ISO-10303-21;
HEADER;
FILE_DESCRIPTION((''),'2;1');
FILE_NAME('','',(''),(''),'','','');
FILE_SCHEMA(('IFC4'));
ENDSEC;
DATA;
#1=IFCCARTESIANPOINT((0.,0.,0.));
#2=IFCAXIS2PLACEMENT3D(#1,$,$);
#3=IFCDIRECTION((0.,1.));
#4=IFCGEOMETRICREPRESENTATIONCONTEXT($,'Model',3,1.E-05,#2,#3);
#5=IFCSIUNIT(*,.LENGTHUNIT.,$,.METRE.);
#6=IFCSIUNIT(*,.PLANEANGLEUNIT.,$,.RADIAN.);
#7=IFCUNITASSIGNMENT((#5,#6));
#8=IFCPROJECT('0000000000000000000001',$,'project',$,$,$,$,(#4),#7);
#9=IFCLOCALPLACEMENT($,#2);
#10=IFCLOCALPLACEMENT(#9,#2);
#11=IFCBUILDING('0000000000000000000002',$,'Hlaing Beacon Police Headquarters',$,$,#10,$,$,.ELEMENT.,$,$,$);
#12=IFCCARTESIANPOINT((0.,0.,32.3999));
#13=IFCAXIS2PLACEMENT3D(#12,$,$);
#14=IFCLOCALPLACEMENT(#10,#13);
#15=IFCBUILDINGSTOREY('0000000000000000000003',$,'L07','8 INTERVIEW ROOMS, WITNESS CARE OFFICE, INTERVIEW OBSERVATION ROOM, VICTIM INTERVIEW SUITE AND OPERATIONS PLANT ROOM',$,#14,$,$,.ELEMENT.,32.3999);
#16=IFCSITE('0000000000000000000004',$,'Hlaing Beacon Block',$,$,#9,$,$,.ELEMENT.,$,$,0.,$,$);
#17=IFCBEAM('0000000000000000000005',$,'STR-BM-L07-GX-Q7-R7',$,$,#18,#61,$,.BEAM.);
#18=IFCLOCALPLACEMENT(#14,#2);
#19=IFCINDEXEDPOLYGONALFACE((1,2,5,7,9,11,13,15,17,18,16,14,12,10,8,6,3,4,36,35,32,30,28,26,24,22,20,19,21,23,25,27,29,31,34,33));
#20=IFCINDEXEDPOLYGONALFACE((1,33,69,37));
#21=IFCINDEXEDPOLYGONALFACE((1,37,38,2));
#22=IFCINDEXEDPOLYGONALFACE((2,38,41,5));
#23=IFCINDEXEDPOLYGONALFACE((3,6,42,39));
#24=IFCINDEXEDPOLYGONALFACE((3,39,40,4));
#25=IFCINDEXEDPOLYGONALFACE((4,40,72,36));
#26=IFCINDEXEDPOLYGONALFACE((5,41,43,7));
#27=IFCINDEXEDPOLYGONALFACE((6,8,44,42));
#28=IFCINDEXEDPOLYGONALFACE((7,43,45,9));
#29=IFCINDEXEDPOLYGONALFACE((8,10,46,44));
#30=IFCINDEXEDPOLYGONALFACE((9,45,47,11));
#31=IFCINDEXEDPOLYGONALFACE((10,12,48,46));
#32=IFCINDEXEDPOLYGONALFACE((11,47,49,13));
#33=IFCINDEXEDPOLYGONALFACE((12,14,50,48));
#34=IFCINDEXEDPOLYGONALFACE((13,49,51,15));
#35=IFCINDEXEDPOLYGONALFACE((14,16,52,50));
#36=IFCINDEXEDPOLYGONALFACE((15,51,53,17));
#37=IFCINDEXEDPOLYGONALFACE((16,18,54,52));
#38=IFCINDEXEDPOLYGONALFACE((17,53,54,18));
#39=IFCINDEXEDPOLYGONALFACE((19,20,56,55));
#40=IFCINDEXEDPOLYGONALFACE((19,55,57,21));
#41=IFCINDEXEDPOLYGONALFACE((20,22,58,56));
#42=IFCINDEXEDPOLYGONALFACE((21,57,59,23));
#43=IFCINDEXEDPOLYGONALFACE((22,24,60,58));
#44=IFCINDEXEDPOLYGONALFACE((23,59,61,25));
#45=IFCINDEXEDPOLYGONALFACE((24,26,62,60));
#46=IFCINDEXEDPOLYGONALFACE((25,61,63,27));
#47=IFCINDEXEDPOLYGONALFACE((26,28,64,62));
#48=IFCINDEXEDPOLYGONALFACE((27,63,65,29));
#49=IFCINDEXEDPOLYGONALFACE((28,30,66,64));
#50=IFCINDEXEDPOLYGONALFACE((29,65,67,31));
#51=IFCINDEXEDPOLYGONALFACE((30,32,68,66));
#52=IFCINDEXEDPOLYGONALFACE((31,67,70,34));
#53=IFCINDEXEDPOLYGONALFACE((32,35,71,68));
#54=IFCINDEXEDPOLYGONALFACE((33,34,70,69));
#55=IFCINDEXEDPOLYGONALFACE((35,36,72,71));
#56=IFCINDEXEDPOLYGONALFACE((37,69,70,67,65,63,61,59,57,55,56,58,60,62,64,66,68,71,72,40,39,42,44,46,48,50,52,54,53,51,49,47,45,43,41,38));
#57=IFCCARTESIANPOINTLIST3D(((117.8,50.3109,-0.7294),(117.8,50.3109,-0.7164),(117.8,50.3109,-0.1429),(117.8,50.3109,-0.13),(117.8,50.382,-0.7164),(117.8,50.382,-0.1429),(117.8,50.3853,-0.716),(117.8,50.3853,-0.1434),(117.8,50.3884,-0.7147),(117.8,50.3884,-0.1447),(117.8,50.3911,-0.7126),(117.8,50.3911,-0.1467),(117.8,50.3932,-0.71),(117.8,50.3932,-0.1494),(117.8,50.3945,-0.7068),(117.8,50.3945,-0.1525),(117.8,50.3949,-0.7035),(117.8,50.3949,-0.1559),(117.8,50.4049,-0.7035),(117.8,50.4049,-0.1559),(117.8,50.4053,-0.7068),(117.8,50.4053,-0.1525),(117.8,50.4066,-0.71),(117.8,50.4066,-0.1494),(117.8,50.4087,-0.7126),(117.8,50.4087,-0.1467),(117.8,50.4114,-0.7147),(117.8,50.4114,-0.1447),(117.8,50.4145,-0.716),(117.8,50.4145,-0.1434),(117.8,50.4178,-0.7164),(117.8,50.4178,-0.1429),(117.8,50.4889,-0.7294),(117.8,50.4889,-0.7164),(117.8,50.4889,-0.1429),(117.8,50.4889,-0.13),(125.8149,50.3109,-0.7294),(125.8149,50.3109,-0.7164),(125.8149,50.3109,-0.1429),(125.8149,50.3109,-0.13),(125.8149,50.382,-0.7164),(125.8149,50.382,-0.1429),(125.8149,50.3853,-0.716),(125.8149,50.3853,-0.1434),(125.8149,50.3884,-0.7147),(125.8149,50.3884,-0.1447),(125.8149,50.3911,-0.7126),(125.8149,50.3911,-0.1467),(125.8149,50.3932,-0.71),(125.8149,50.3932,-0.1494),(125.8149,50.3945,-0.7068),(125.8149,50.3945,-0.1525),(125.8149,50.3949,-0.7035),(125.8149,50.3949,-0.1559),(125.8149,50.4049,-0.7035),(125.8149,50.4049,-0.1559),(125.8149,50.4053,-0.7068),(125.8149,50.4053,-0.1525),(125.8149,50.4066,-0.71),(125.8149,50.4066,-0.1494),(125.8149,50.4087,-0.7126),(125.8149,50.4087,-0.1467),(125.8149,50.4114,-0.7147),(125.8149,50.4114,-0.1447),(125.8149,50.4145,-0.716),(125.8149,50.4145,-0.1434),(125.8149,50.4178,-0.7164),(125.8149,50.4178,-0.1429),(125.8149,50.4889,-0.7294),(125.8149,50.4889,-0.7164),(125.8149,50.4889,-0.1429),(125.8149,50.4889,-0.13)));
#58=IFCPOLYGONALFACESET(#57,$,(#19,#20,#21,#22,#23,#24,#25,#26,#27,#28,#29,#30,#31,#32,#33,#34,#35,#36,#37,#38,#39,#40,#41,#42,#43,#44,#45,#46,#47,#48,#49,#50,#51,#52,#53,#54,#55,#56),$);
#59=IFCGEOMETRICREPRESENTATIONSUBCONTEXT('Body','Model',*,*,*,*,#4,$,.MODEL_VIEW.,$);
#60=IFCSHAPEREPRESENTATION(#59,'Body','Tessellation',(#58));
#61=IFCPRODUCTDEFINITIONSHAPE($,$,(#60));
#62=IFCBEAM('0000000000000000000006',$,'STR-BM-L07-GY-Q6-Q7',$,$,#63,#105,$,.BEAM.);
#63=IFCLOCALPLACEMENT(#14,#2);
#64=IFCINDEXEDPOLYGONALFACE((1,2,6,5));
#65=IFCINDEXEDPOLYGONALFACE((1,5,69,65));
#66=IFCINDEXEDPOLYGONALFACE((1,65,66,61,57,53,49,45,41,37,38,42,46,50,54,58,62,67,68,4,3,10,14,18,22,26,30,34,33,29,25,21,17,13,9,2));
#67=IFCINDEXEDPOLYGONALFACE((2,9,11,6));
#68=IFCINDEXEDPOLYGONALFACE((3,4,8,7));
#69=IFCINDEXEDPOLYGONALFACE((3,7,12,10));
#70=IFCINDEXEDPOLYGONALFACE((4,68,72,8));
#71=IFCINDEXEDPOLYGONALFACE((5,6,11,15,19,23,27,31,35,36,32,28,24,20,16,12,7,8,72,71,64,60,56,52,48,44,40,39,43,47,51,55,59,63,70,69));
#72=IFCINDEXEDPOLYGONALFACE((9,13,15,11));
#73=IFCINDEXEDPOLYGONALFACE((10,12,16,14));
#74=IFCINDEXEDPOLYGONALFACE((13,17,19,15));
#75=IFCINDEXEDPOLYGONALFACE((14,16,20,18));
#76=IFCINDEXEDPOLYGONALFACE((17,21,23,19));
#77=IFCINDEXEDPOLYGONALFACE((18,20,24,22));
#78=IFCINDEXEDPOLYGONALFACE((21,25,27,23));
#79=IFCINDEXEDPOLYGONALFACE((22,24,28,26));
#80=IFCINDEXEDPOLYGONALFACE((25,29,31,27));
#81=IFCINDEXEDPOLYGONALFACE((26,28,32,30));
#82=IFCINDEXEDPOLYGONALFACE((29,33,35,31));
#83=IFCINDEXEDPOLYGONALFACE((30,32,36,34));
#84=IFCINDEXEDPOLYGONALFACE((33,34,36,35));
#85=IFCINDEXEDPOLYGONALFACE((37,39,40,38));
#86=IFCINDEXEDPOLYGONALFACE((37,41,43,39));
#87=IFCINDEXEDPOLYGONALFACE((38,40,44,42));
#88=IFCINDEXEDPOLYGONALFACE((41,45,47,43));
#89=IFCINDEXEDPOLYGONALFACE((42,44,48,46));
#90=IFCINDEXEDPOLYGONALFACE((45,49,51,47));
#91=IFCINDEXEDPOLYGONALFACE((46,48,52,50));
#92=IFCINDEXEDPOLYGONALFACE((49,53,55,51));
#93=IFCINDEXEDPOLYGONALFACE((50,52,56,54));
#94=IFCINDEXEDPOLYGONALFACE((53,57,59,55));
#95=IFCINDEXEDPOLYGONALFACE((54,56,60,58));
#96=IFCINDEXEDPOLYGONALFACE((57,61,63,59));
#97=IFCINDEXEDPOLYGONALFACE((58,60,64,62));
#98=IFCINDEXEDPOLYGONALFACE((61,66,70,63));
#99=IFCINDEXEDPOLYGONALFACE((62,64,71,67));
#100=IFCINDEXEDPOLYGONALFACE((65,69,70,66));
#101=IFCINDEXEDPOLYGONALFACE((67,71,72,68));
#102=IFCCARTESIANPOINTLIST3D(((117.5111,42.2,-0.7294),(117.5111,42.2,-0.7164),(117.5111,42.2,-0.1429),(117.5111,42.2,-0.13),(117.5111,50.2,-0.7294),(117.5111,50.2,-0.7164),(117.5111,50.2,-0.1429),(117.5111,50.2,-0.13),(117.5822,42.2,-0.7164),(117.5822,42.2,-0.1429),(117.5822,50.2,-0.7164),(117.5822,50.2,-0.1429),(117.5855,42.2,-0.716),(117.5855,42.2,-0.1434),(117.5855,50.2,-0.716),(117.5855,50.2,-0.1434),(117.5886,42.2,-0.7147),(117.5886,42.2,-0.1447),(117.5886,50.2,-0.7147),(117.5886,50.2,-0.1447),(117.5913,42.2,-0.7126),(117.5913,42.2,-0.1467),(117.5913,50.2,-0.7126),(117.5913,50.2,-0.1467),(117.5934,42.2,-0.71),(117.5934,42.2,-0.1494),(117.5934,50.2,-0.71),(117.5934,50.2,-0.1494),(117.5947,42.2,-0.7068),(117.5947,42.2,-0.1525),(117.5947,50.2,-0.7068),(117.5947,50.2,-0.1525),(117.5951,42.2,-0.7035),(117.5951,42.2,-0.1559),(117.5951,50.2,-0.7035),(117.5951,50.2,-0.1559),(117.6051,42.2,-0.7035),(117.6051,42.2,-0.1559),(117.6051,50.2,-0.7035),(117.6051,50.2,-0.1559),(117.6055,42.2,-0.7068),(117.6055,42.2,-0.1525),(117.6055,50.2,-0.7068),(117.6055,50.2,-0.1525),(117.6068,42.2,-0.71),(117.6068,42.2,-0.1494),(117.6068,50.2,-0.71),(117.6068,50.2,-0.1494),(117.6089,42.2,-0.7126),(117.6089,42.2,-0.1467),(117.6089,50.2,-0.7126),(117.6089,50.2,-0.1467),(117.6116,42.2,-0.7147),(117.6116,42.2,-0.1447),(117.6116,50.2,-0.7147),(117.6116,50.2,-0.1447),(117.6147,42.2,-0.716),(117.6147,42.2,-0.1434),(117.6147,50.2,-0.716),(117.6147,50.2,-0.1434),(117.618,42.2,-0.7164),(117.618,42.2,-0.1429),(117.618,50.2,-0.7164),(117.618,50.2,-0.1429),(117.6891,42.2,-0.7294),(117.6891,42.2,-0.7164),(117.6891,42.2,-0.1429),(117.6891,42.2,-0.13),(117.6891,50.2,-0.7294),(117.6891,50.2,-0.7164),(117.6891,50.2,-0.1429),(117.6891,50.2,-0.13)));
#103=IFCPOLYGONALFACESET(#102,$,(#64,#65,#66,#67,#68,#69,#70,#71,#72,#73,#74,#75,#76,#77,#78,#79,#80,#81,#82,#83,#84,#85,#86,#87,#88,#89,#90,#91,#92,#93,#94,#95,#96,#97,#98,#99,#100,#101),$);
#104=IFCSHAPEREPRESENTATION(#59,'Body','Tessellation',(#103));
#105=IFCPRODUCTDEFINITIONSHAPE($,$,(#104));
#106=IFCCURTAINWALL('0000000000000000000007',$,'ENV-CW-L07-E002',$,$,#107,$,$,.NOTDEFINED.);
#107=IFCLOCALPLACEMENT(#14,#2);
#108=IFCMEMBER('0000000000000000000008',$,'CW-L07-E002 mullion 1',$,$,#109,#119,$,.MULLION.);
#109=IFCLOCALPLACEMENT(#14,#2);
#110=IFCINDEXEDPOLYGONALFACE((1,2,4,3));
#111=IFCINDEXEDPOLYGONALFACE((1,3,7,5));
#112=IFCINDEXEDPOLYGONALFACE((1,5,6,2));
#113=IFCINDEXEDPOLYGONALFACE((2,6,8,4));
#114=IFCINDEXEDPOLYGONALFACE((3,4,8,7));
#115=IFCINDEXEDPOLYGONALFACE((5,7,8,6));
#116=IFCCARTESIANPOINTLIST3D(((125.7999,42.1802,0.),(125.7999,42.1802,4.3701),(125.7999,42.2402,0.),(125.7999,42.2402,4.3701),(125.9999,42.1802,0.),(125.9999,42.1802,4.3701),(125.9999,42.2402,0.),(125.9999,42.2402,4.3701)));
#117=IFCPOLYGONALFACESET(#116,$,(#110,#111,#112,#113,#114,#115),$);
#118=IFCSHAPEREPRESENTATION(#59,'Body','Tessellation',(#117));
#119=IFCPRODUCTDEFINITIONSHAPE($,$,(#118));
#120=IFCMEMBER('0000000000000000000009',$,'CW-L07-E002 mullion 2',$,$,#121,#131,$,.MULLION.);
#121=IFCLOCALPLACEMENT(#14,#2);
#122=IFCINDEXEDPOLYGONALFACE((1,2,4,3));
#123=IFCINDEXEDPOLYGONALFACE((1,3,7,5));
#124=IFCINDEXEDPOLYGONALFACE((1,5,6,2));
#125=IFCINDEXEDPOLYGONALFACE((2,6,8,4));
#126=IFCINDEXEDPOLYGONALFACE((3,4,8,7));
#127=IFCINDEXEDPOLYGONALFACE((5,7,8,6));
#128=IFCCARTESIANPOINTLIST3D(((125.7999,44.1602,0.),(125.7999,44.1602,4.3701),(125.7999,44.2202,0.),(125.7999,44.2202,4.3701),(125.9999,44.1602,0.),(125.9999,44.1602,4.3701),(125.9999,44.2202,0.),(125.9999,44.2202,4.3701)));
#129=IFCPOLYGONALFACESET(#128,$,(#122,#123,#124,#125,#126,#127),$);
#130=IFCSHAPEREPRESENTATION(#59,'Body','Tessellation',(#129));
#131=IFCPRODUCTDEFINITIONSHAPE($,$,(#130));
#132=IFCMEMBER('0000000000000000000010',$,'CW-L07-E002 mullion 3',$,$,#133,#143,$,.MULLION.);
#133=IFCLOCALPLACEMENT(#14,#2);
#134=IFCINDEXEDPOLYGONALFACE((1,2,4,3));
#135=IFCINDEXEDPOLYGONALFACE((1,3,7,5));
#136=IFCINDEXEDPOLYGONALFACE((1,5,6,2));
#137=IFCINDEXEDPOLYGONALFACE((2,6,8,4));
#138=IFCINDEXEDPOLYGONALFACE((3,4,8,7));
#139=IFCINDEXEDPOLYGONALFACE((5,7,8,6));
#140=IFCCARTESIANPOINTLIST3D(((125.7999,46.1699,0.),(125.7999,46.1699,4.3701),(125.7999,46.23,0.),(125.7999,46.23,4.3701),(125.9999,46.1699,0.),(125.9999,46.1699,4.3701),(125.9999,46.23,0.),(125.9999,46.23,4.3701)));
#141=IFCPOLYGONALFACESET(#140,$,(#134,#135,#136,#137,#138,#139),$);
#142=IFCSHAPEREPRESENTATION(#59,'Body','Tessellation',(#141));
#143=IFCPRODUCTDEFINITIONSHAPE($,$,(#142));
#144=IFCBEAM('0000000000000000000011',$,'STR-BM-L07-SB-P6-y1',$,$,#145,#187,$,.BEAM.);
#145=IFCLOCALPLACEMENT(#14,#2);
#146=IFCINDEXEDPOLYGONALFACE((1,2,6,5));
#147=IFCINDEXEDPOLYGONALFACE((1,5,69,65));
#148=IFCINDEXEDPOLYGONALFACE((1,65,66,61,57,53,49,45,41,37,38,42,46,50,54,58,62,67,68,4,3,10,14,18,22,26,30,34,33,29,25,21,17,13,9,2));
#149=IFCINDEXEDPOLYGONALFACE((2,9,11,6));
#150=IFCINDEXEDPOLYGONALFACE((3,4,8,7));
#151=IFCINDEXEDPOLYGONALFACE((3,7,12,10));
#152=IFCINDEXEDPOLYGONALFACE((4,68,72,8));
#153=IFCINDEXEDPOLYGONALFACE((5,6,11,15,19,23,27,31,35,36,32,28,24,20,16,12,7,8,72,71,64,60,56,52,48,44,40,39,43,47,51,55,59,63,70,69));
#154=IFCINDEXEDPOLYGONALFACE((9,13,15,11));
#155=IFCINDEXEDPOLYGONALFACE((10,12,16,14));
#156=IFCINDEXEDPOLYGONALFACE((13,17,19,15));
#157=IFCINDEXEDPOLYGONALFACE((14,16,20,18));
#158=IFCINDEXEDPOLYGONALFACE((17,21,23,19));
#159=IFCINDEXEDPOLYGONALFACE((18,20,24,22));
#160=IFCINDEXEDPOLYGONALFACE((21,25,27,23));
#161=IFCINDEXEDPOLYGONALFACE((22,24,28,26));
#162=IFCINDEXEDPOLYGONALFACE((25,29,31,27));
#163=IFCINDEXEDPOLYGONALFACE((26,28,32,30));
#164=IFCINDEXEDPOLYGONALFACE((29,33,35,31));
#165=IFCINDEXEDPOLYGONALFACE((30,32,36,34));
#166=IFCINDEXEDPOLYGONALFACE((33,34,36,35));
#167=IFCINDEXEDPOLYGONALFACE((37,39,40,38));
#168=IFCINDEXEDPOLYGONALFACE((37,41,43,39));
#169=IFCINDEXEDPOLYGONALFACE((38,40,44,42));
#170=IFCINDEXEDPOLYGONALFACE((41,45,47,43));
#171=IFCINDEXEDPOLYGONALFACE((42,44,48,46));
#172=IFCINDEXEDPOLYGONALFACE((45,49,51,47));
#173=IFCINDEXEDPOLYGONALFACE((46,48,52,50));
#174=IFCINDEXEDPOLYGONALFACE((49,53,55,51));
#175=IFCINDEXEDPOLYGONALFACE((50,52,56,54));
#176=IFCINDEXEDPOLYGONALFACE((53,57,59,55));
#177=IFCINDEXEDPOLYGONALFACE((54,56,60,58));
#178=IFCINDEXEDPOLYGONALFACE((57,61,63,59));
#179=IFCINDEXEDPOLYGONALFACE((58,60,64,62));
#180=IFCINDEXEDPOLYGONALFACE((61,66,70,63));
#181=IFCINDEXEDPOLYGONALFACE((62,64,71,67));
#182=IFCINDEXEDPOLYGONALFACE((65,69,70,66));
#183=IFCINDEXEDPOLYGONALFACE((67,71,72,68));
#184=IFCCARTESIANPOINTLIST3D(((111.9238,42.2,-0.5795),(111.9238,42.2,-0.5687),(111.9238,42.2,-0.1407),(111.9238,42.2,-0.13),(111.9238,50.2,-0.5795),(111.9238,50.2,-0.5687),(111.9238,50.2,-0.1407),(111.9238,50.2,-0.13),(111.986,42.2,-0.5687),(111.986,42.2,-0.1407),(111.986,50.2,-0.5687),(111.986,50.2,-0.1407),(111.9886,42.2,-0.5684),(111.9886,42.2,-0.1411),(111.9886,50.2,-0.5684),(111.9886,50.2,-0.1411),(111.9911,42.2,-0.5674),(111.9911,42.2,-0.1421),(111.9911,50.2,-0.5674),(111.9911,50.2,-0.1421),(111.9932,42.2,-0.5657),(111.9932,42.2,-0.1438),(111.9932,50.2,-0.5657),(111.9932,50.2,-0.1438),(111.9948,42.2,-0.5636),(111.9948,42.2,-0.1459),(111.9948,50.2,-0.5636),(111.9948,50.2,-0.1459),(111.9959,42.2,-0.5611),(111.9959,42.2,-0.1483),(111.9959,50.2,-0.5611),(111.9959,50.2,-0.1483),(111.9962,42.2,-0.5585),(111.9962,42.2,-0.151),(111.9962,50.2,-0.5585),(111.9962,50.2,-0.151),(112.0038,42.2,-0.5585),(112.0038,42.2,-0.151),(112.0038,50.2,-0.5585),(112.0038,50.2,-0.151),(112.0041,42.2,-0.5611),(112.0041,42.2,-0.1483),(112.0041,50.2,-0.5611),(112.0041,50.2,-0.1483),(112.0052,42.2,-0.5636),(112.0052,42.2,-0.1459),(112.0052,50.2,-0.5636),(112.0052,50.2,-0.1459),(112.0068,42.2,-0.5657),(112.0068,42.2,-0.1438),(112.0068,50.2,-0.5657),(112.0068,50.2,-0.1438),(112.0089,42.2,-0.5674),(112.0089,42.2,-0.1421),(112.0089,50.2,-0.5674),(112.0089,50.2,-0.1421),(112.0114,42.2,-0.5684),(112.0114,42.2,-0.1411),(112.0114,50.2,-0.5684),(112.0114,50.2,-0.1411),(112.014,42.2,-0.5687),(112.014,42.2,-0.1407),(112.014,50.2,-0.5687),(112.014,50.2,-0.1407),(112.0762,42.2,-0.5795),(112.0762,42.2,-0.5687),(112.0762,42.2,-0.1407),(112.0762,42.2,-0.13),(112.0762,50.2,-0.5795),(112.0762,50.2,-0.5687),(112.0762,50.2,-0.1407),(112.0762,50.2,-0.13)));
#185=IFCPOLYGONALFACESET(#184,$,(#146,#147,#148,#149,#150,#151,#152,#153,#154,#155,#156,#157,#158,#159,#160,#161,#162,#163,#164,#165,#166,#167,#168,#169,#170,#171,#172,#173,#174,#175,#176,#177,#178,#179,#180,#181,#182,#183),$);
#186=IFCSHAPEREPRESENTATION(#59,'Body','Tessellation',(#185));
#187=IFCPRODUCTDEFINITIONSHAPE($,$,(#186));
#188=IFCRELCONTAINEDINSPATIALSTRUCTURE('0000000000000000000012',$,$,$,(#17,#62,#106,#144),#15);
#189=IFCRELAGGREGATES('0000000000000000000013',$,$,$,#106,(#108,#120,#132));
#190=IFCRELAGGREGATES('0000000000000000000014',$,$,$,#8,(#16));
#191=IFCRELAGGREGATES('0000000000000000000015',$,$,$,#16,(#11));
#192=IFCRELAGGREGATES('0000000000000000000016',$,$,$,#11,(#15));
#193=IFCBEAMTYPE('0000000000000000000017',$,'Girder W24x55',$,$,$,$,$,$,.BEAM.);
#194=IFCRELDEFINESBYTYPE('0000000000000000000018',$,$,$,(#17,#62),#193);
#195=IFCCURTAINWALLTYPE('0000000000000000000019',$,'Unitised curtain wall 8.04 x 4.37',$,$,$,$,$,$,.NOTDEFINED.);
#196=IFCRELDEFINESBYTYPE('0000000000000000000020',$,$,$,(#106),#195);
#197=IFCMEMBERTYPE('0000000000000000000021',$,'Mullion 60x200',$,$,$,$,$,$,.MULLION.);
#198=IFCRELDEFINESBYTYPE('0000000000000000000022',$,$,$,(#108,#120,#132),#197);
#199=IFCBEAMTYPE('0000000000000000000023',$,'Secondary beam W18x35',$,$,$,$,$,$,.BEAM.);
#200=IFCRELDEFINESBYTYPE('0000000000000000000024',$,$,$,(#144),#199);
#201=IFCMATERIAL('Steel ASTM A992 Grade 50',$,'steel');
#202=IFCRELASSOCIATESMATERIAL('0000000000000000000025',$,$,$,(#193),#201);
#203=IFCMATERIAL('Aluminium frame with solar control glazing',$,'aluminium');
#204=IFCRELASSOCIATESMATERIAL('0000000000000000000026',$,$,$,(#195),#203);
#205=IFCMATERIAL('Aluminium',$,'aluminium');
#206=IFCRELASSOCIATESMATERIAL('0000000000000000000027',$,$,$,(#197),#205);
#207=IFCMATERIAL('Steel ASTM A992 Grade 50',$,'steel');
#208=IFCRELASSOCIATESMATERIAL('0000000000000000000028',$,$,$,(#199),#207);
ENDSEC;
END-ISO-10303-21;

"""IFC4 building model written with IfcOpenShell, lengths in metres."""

from ifc_helpers import new_model, si_unit, direction, frame, origin, origin_2d, place, context, subcontext, project, spatial, rectangle, i_section, extrude, material, material_profile, profile_set, type_object, element, aggregate, save


model = new_model("IFC4")

# Units and contexts
model_context = context("Model", 3, precision=1e-05, world=origin(), true_north=direction((0.0, 1.0)))
body_context = subcontext(model_context, "Body", "Model", "MODEL_VIEW")
ifc_project = project(units=[si_unit("LENGTHUNIT", "METRE"), si_unit("PLANEANGLEUNIT", "RADIAN")], contexts=[model_context])

# Site, building, storey
site_placement = place(None, origin())
site = spatial("IfcSite", under=ifc_project, at=site_placement, Name="Hlaing Beacon Block", CompositionType="ELEMENT", RefElevation=0.0)
building_placement = place(site_placement, origin())
building = spatial("IfcBuilding", under=site, at=building_placement, Name="Hlaing Beacon Police Headquarters", CompositionType="ELEMENT")
storey_placement = place(building_placement, frame((0.0, 0.0, 32.3999)))
storey = spatial("IfcBuildingStorey", under=building, at=storey_placement, Name="L07", Description="8 INTERVIEW ROOMS, WITNESS CARE OFFICE, INTERVIEW OBSERVATION ROOM, VICTIM INTERVIEW SUITE AND OPERATIONS PLANT ROOM", CompositionType="ELEMENT", Elevation=32.3999)

# Beams
ifc_material_1 = material(Name="Steel ASTM A992 Grade 50", Category="steel")
ifc_material_profile_1 = material_profile(ifc_material_1, i_section(OverallWidth=0.178, OverallDepth=0.5994, WebThickness=0.01, FlangeThickness=0.0129, FilletRadius=0.0129, at=origin_2d()), Name="W24x55")
ifc_profile_set_1 = profile_set([ifc_material_profile_1], Name="Steel ASTM A992 Grade 50")
beam_type_1 = type_object("IfcBeamType", Name="Girder W24x55", PredefinedType="BEAM", material=ifc_profile_set_1)
beam_1_placement = place(storey_placement, frame((117.8, 50.3999, -0.4297), z_axis=(1.0, 0.0, 0.0), x_axis=(0.0, 1.0, 0.0)))
element("IfcBeam", 1, at=beam_1_placement, inside=storey, type_object=beam_type_1, Name="STR-BM-L07-GX-Q7-R7", PredefinedType="BEAM", context=body_context, shape_type="SweptSolid", body=[
    extrude(i_section(OverallWidth=0.178, OverallDepth=0.5994, WebThickness=0.01, FlangeThickness=0.0129, FilletRadius=0.0129, at=origin_2d()), origin(), (0.0, 0.0, 1.0), 8.0149),
])
beam_2_placement = place(storey_placement, frame((117.6001, 42.2, -0.4297), z_axis=(0.0, 1.0, 0.0), x_axis=(-1.0, 0.0, 0.0)))
element("IfcBeam", 2, at=beam_2_placement, inside=storey, type_object=beam_type_1, Name="STR-BM-L07-GY-Q6-Q7", PredefinedType="BEAM", context=body_context, shape_type="SweptSolid", body=[
    extrude(i_section(OverallWidth=0.178, OverallDepth=0.5994, WebThickness=0.01, FlangeThickness=0.0129, FilletRadius=0.0129, at=origin_2d()), origin(), (0.0, 0.0, 1.0), 8.0),
])

# Curtain wall, members
ifc_material_2 = material(Name="Aluminium frame with solar control glazing", Category="aluminium")
curtain_wall_type = type_object("IfcCurtainWallType", Name="Unitised curtain wall 8.04 x 4.37", PredefinedType="NOTDEFINED", material=ifc_material_2)
curtain_wall_placement = place(storey_placement, origin())
curtain_wall = element("IfcCurtainWall", 3, at=curtain_wall_placement, inside=storey, type_object=curtain_wall_type, Name="ENV-CW-L07-E002", PredefinedType="NOTDEFINED")
ifc_material_3 = material(Name="Aluminium", Category="aluminium")
ifc_material_profile_2 = material_profile(ifc_material_3, rectangle(XDim=0.2, YDim=0.0601, at=origin_2d()), Name="Mullion 60x200")
ifc_profile_set_2 = profile_set([ifc_material_profile_2], Name="Aluminium")
member_type_1 = type_object("IfcMemberType", Name="Mullion 60x200", PredefinedType="MULLION", material=ifc_profile_set_2)
member_1_placement = place(storey_placement, frame((125.8999, 42.2102, 0.0), z_axis=(0.0, 0.0, 1.0), x_axis=(-1.0, 0.0, 0.0)))
member_1 = element("IfcMember", 4, at=member_1_placement, type_object=member_type_1, Name="CW-L07-E002 mullion 1", PredefinedType="MULLION", context=body_context, shape_type="SweptSolid", body=[
    extrude(rectangle(XDim=0.2, YDim=0.0601, at=origin_2d()), origin(), (0.0, 0.0, 1.0), 4.3701),
])
member_2_placement = place(storey_placement, frame((125.8999, 44.1902, 0.0), z_axis=(0.0, 0.0, 1.0), x_axis=(-1.0, 0.0, 0.0)))
member_2 = element("IfcMember", 5, at=member_2_placement, type_object=member_type_1, Name="CW-L07-E002 mullion 2", PredefinedType="MULLION", context=body_context, shape_type="SweptSolid", body=[
    extrude(rectangle(XDim=0.2, YDim=0.0601, at=origin_2d()), origin(), (0.0, 0.0, 1.0), 4.3701),
])
member_3_placement = place(storey_placement, frame((125.8999, 46.2, 0.0), z_axis=(0.0, 0.0, 1.0), x_axis=(-1.0, 0.0, 0.0)))
member_3 = element("IfcMember", 6, at=member_3_placement, type_object=member_type_1, Name="CW-L07-E002 mullion 3", PredefinedType="MULLION", context=body_context, shape_type="SweptSolid", body=[
    extrude(rectangle(XDim=0.2, YDim=0.0601, at=origin_2d()), origin(), (0.0, 0.0, 1.0), 4.3701),
])

# Beam
ifc_material_4 = material(Name="Steel ASTM A992 Grade 50", Category="steel")
ifc_material_profile_3 = material_profile(ifc_material_4, i_section(OverallWidth=0.1523, OverallDepth=0.4495, WebThickness=0.0076, FlangeThickness=0.0107, FilletRadius=0.0103, at=origin_2d()), Name="W18x35")
ifc_profile_set_3 = profile_set([ifc_material_profile_3], Name="Steel ASTM A992 Grade 50")
beam_type_2 = type_object("IfcBeamType", Name="Secondary beam W18x35", PredefinedType="BEAM", material=ifc_profile_set_3)
for number, where, z_axis, x_axis, name in (
    (7, (112.0, 42.2, -0.3547), (0.0, 1.0, 0.0), (-1.0, 0.0, 0.0), "STR-BM-L07-SB-P6-y1"),
):
    element("IfcBeam", number, at=place(storey_placement, frame(where, z_axis=z_axis, x_axis=x_axis)), inside=storey, type_object=beam_type_2, Name=name, PredefinedType="BEAM", context=body_context, shape_type="SweptSolid", body=[
        extrude(i_section(OverallWidth=0.1523, OverallDepth=0.4495, WebThickness=0.0076, FlangeThickness=0.0107, FilletRadius=0.0103, at=origin_2d()), origin(), (0.0, 0.0, 1.0), 8.0),
    ])

aggregate(curtain_wall, [member_1, member_2, member_3])

save(model, "model.ifc")
